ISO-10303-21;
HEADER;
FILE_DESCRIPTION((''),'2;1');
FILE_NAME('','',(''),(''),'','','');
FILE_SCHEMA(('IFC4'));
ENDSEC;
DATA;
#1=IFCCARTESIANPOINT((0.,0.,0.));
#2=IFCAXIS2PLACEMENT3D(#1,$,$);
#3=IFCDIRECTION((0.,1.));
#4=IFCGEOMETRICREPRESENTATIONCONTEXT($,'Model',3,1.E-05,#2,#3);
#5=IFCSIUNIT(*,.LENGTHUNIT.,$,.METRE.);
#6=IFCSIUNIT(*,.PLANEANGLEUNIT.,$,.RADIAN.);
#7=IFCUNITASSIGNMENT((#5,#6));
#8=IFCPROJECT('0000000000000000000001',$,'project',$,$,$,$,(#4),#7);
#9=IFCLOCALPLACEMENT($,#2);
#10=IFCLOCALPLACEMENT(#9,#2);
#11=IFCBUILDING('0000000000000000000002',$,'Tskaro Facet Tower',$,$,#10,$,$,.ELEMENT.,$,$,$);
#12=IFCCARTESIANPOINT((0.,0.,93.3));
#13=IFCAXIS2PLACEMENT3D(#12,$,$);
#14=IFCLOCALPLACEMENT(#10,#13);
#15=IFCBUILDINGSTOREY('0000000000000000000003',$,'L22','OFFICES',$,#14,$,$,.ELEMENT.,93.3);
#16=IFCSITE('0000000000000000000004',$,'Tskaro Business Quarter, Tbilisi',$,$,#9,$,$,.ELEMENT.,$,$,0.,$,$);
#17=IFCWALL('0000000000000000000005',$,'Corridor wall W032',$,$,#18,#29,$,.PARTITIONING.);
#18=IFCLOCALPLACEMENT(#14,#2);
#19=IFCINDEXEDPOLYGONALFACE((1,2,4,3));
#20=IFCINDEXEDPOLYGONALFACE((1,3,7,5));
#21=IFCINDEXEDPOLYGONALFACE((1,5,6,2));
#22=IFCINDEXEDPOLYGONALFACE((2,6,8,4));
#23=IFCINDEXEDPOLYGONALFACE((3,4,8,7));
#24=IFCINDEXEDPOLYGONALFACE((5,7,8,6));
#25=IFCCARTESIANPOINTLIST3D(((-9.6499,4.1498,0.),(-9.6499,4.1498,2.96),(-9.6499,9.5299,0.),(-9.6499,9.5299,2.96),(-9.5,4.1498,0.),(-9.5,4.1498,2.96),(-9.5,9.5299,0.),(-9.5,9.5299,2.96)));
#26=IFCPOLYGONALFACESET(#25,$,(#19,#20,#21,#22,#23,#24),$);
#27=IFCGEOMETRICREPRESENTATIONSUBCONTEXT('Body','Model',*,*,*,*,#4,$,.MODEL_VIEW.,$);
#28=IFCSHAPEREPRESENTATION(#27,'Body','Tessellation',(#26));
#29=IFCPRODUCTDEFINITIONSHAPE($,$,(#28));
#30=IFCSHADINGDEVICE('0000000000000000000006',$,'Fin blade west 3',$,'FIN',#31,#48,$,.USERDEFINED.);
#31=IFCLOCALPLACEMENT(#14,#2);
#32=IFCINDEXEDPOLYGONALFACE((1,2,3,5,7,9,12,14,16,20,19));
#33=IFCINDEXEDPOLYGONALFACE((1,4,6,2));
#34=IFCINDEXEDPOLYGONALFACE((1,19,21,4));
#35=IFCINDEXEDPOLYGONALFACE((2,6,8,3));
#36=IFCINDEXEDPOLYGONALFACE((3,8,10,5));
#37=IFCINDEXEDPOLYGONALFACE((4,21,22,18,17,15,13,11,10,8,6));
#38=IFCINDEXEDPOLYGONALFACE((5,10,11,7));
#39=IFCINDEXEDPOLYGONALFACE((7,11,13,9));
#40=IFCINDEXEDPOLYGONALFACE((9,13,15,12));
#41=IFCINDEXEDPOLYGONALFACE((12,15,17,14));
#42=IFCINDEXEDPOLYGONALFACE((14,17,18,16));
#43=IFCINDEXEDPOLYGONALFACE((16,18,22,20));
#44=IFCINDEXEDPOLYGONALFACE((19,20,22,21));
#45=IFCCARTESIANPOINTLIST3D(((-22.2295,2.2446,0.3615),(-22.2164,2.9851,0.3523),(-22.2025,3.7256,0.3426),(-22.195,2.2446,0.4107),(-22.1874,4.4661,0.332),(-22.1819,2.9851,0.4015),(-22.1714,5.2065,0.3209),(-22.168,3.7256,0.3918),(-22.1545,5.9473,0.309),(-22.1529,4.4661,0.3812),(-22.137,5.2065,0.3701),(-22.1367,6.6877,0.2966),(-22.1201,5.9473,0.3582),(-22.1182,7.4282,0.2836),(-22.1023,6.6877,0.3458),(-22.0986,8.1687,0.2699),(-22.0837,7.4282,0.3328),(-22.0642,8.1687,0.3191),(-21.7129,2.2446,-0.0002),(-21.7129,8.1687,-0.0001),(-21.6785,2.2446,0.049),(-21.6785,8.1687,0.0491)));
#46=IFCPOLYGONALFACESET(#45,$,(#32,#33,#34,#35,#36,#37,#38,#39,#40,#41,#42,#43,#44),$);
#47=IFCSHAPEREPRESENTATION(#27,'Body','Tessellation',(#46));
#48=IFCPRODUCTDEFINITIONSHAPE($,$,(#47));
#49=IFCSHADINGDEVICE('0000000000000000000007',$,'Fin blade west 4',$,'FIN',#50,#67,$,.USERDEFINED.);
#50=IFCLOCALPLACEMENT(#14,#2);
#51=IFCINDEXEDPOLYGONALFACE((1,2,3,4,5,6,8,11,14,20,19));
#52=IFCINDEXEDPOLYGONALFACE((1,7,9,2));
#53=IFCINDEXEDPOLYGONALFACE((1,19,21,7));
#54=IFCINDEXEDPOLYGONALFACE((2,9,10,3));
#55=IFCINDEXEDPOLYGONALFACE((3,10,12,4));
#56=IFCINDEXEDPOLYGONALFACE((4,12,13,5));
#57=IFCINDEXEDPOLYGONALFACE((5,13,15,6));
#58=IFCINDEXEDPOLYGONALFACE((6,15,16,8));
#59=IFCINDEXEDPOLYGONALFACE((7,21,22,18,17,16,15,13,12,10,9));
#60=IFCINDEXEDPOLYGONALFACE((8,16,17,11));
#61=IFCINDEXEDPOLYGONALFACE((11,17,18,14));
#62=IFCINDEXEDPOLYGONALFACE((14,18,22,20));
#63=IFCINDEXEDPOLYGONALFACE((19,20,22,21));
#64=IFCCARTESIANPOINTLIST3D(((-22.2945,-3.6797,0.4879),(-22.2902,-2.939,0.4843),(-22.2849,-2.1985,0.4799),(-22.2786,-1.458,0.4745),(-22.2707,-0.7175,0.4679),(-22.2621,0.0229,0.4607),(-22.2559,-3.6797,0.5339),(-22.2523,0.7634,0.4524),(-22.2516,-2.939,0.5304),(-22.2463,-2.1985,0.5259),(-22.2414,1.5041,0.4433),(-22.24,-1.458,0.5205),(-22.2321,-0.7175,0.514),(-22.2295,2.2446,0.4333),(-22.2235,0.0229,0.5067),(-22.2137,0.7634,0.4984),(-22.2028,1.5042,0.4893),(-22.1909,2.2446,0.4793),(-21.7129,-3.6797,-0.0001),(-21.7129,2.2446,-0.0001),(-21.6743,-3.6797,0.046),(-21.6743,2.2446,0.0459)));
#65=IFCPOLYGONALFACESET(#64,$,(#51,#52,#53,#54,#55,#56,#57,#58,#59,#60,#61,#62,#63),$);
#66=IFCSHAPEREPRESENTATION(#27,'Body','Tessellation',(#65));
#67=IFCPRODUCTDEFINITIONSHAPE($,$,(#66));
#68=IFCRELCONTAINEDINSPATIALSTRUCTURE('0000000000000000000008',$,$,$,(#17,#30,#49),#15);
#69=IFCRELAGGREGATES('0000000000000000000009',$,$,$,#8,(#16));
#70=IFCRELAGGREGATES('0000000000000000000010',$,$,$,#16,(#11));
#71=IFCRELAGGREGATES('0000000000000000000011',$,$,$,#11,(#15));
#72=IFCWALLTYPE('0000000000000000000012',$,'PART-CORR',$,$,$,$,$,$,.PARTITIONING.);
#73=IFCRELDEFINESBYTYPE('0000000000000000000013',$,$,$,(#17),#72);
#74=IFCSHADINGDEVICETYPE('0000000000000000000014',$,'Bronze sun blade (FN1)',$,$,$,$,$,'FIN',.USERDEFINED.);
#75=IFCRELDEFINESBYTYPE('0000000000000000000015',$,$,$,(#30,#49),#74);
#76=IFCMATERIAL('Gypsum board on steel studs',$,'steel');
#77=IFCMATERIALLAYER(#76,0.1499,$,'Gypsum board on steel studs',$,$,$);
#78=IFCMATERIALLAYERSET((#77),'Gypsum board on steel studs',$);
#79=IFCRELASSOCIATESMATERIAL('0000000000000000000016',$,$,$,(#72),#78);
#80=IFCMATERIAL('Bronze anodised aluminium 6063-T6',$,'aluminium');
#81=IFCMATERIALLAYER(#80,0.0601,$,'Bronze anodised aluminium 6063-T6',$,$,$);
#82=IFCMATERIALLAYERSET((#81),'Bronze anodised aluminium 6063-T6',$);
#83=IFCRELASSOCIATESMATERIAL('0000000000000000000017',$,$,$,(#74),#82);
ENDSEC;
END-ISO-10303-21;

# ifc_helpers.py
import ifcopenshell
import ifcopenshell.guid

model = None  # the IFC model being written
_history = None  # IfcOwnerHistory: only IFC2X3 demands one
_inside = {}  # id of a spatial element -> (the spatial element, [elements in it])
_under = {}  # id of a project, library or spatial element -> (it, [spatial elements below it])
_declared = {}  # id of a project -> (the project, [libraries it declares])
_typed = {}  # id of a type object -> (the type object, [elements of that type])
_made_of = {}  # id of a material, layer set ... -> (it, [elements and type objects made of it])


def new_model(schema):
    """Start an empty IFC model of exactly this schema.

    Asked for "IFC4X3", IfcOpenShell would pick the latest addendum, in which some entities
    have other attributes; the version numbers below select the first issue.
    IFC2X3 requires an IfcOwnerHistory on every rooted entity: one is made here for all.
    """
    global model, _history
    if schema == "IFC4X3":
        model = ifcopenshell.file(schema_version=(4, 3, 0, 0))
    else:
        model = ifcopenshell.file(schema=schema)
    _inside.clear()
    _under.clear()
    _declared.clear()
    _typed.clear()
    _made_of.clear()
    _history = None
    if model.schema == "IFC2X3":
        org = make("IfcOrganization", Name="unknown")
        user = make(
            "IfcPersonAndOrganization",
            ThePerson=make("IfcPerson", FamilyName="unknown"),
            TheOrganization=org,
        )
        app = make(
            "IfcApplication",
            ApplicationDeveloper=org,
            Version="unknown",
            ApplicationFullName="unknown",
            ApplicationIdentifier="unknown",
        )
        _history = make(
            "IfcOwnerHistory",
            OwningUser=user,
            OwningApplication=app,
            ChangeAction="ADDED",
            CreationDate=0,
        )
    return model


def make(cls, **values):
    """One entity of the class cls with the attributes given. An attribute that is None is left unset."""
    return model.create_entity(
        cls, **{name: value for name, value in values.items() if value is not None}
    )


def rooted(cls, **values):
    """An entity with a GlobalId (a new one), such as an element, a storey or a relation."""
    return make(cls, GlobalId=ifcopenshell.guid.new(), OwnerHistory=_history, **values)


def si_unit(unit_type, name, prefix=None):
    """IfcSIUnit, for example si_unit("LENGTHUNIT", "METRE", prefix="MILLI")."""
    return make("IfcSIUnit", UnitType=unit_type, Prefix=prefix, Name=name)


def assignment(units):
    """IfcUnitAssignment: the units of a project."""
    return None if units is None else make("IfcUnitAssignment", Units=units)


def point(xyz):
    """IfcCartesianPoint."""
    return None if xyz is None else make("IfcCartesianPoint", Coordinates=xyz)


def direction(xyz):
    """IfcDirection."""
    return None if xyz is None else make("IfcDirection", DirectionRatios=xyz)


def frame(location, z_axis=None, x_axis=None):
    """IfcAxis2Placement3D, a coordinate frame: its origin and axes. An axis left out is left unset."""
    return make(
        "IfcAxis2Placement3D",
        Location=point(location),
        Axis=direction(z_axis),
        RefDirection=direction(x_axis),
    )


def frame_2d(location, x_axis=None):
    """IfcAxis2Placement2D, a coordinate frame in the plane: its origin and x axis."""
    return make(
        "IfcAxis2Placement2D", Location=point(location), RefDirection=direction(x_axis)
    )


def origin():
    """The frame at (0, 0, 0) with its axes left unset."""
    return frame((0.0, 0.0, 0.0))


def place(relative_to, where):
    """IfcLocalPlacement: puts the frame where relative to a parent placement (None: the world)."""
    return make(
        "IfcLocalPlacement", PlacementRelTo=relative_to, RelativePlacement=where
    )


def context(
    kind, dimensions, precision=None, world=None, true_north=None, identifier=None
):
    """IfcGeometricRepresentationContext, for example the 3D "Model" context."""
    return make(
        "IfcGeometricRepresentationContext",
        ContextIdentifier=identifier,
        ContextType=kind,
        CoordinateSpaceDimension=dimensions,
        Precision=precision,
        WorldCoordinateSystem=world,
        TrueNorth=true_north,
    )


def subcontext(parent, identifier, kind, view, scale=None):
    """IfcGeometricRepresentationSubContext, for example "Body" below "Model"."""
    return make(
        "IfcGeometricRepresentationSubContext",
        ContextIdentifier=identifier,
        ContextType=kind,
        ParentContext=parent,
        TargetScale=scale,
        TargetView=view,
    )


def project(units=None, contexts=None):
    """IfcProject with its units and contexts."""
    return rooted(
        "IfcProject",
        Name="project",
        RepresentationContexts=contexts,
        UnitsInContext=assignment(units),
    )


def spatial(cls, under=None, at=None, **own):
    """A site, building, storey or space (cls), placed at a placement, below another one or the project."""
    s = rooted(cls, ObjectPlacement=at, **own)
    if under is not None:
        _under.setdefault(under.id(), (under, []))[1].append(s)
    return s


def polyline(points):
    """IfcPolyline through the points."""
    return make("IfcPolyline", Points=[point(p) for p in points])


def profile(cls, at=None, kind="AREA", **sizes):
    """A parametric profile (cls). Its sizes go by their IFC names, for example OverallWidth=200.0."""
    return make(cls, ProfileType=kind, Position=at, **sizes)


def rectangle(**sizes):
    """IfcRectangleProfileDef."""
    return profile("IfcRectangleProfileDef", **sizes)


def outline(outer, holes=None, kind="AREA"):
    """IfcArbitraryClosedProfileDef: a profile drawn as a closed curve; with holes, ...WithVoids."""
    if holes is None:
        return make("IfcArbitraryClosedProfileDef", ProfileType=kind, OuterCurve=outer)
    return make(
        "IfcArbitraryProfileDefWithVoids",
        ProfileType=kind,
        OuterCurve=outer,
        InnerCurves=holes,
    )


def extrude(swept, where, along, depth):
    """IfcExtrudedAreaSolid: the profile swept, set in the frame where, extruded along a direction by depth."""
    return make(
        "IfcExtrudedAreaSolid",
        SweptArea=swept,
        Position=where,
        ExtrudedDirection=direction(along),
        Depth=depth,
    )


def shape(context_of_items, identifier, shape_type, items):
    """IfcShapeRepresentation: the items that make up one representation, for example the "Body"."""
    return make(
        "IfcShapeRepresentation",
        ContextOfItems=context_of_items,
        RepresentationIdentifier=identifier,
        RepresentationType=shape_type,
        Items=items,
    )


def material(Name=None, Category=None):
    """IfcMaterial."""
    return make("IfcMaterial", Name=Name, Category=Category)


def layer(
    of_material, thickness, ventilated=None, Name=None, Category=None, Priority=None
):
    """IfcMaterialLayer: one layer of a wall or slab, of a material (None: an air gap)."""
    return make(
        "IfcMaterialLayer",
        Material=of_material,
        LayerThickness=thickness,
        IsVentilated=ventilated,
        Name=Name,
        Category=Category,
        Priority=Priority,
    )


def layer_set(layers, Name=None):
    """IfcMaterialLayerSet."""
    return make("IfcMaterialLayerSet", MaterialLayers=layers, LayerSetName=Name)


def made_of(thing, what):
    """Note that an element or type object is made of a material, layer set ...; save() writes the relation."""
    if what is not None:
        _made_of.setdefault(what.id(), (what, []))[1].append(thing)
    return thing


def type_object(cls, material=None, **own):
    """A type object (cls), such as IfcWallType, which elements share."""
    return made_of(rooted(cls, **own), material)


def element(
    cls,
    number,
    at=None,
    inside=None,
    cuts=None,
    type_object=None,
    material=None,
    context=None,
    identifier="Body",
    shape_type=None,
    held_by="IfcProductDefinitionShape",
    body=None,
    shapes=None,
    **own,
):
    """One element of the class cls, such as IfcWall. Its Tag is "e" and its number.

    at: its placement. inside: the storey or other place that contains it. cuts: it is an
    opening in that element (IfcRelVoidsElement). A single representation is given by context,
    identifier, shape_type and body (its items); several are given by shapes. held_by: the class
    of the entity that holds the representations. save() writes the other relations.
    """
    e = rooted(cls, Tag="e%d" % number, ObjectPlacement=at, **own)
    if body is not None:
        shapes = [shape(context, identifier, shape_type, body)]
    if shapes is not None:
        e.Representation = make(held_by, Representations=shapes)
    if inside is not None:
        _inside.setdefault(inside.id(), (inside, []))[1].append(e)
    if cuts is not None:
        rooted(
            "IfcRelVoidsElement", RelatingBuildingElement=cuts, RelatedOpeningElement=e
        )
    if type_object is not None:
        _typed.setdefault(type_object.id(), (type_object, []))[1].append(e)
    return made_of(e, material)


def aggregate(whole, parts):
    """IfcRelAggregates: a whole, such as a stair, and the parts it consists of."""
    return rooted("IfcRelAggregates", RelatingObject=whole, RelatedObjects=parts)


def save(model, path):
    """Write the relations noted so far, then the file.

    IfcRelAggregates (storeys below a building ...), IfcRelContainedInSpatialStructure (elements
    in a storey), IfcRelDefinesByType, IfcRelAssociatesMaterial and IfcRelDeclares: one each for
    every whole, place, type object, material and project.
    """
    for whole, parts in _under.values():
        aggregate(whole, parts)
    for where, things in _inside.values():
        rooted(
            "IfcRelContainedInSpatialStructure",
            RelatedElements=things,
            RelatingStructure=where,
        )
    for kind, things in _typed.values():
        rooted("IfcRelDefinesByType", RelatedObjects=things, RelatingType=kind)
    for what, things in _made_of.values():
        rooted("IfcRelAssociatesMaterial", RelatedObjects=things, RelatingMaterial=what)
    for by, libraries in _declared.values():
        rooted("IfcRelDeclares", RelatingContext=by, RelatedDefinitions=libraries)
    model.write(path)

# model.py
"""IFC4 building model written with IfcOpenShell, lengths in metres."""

from ifc_helpers import new_model, si_unit, direction, frame, frame_2d, origin, place, context, subcontext, project, spatial, polyline, rectangle, outline, extrude, material, layer, layer_set, type_object, element, save


model = new_model("IFC4")

# Units and contexts
model_context = context("Model", 3, precision=1e-05, world=origin(), true_north=direction((0.0, 1.0)))
body_context = subcontext(model_context, "Body", "Model", "MODEL_VIEW")
ifc_project = project(units=[si_unit("LENGTHUNIT", "METRE"), si_unit("PLANEANGLEUNIT", "RADIAN")], contexts=[model_context])

# Site, building, storey
site_placement = place(None, origin())
site = spatial("IfcSite", under=ifc_project, at=site_placement, Name="Tskaro Business Quarter, Tbilisi", CompositionType="ELEMENT", RefElevation=0.0)
building_placement = place(site_placement, origin())
building = spatial("IfcBuilding", under=site, at=building_placement, Name="Tskaro Facet Tower", CompositionType="ELEMENT")
storey_placement = place(building_placement, frame((0.0, 0.0, 93.3)))
storey = spatial("IfcBuildingStorey", under=building, at=storey_placement, Name="L22", Description="OFFICES", CompositionType="ELEMENT", Elevation=93.3)

# Shared definitions
ifc_material_1 = material(Name="Bronze anodised aluminium 6063-T6", Category="aluminium")

# Shared definitions
ifc_material_2 = material(Name="Gypsum board on steel studs", Category="steel")
ifc_layer_1 = layer(ifc_material_2, 0.1499, Name="Gypsum board on steel studs")
ifc_layer_set_1 = layer_set([ifc_layer_1], Name="Gypsum board on steel studs")
wall_type_1 = type_object("IfcWallType", Name="PART-CORR", PredefinedType="PARTITIONING", material=ifc_layer_set_1)

# Wall
wall_1_placement = place(storey_placement, frame((-9.575, 4.1499, 0.0), z_axis=(0.0, 0.0, 1.0), x_axis=(0.0, 1.0, 0.0)))
element("IfcWall", 1, at=wall_1_placement, inside=storey, type_object=wall_type_1, Name="Corridor wall W032", PredefinedType="PARTITIONING", context=body_context, shape_type="SweptSolid", body=[
    extrude(rectangle(XDim=5.3801, YDim=0.1499, at=frame_2d((2.6899, 0.0))), origin(), (0.0, 0.0, 1.0), 2.96),
])

# Shading devices
ifc_layer_2 = layer(ifc_material_1, 0.0601, Name="Bronze anodised aluminium 6063-T6")
ifc_layer_set_2 = layer_set([ifc_layer_2], Name="Bronze anodised aluminium 6063-T6")
shading_device_type = type_object("IfcShadingDeviceType", Name="Bronze sun blade (FN1)", ElementType="FIN", PredefinedType="USERDEFINED", material=ifc_layer_set_2)
shading_device_1_placement = place(storey_placement, frame((-21.6785, 8.1687, 0.0491), z_axis=(0.573529, -0.000006, 0.819186), x_axis=(-0.000003, -1.0, -0.000005)))
element("IfcShadingDevice", 2, at=shading_device_1_placement, inside=storey, type_object=shading_device_type, Name="Fin blade west 3", ObjectType="FIN", PredefinedType="USERDEFINED", context=body_context, shape_type="SweptSolid", body=[
    extrude(outline(polyline([(0.0, 0.0), (5.9241, 0.0), (5.9241, -0.6306), (5.1836, -0.6146), (4.4431, -0.5976), (3.7026, -0.5792), (2.9622, -0.5597), (2.2214, -0.5391), (1.481, -0.5173), (0.7405, -0.4947), (0.0, -0.4709), (0.0, 0.0)])), origin(), (0.0, 0.0, -1.0), 0.0601),
])
shading_device_2_placement = place(storey_placement, frame((-21.6743, 2.2446, 0.0459), z_axis=(0.64273, 0.000013, 0.766093), x_axis=(0.000009, -1.0, 0.00001)))
element("IfcShadingDevice", 3, at=shading_device_2_placement, inside=storey, type_object=shading_device_type, Name="Fin blade west 4", ObjectType="FIN", PredefinedType="USERDEFINED", context=body_context, shape_type="SweptSolid", body=[
    extrude(outline(polyline([(0.0, 0.0), (5.9243, 0.0), (5.9243, -0.7592), (5.1836, -0.7537), (4.4431, -0.7467), (3.7026, -0.7384), (2.9622, -0.7282), (2.2217, -0.7169), (1.4812, -0.7041), (0.7405, -0.6899), (0.0, -0.6743), (0.0, 0.0)])), origin(), (0.0, 0.0, -1.0), 0.0601),
])

save(model, "model.ifc")
